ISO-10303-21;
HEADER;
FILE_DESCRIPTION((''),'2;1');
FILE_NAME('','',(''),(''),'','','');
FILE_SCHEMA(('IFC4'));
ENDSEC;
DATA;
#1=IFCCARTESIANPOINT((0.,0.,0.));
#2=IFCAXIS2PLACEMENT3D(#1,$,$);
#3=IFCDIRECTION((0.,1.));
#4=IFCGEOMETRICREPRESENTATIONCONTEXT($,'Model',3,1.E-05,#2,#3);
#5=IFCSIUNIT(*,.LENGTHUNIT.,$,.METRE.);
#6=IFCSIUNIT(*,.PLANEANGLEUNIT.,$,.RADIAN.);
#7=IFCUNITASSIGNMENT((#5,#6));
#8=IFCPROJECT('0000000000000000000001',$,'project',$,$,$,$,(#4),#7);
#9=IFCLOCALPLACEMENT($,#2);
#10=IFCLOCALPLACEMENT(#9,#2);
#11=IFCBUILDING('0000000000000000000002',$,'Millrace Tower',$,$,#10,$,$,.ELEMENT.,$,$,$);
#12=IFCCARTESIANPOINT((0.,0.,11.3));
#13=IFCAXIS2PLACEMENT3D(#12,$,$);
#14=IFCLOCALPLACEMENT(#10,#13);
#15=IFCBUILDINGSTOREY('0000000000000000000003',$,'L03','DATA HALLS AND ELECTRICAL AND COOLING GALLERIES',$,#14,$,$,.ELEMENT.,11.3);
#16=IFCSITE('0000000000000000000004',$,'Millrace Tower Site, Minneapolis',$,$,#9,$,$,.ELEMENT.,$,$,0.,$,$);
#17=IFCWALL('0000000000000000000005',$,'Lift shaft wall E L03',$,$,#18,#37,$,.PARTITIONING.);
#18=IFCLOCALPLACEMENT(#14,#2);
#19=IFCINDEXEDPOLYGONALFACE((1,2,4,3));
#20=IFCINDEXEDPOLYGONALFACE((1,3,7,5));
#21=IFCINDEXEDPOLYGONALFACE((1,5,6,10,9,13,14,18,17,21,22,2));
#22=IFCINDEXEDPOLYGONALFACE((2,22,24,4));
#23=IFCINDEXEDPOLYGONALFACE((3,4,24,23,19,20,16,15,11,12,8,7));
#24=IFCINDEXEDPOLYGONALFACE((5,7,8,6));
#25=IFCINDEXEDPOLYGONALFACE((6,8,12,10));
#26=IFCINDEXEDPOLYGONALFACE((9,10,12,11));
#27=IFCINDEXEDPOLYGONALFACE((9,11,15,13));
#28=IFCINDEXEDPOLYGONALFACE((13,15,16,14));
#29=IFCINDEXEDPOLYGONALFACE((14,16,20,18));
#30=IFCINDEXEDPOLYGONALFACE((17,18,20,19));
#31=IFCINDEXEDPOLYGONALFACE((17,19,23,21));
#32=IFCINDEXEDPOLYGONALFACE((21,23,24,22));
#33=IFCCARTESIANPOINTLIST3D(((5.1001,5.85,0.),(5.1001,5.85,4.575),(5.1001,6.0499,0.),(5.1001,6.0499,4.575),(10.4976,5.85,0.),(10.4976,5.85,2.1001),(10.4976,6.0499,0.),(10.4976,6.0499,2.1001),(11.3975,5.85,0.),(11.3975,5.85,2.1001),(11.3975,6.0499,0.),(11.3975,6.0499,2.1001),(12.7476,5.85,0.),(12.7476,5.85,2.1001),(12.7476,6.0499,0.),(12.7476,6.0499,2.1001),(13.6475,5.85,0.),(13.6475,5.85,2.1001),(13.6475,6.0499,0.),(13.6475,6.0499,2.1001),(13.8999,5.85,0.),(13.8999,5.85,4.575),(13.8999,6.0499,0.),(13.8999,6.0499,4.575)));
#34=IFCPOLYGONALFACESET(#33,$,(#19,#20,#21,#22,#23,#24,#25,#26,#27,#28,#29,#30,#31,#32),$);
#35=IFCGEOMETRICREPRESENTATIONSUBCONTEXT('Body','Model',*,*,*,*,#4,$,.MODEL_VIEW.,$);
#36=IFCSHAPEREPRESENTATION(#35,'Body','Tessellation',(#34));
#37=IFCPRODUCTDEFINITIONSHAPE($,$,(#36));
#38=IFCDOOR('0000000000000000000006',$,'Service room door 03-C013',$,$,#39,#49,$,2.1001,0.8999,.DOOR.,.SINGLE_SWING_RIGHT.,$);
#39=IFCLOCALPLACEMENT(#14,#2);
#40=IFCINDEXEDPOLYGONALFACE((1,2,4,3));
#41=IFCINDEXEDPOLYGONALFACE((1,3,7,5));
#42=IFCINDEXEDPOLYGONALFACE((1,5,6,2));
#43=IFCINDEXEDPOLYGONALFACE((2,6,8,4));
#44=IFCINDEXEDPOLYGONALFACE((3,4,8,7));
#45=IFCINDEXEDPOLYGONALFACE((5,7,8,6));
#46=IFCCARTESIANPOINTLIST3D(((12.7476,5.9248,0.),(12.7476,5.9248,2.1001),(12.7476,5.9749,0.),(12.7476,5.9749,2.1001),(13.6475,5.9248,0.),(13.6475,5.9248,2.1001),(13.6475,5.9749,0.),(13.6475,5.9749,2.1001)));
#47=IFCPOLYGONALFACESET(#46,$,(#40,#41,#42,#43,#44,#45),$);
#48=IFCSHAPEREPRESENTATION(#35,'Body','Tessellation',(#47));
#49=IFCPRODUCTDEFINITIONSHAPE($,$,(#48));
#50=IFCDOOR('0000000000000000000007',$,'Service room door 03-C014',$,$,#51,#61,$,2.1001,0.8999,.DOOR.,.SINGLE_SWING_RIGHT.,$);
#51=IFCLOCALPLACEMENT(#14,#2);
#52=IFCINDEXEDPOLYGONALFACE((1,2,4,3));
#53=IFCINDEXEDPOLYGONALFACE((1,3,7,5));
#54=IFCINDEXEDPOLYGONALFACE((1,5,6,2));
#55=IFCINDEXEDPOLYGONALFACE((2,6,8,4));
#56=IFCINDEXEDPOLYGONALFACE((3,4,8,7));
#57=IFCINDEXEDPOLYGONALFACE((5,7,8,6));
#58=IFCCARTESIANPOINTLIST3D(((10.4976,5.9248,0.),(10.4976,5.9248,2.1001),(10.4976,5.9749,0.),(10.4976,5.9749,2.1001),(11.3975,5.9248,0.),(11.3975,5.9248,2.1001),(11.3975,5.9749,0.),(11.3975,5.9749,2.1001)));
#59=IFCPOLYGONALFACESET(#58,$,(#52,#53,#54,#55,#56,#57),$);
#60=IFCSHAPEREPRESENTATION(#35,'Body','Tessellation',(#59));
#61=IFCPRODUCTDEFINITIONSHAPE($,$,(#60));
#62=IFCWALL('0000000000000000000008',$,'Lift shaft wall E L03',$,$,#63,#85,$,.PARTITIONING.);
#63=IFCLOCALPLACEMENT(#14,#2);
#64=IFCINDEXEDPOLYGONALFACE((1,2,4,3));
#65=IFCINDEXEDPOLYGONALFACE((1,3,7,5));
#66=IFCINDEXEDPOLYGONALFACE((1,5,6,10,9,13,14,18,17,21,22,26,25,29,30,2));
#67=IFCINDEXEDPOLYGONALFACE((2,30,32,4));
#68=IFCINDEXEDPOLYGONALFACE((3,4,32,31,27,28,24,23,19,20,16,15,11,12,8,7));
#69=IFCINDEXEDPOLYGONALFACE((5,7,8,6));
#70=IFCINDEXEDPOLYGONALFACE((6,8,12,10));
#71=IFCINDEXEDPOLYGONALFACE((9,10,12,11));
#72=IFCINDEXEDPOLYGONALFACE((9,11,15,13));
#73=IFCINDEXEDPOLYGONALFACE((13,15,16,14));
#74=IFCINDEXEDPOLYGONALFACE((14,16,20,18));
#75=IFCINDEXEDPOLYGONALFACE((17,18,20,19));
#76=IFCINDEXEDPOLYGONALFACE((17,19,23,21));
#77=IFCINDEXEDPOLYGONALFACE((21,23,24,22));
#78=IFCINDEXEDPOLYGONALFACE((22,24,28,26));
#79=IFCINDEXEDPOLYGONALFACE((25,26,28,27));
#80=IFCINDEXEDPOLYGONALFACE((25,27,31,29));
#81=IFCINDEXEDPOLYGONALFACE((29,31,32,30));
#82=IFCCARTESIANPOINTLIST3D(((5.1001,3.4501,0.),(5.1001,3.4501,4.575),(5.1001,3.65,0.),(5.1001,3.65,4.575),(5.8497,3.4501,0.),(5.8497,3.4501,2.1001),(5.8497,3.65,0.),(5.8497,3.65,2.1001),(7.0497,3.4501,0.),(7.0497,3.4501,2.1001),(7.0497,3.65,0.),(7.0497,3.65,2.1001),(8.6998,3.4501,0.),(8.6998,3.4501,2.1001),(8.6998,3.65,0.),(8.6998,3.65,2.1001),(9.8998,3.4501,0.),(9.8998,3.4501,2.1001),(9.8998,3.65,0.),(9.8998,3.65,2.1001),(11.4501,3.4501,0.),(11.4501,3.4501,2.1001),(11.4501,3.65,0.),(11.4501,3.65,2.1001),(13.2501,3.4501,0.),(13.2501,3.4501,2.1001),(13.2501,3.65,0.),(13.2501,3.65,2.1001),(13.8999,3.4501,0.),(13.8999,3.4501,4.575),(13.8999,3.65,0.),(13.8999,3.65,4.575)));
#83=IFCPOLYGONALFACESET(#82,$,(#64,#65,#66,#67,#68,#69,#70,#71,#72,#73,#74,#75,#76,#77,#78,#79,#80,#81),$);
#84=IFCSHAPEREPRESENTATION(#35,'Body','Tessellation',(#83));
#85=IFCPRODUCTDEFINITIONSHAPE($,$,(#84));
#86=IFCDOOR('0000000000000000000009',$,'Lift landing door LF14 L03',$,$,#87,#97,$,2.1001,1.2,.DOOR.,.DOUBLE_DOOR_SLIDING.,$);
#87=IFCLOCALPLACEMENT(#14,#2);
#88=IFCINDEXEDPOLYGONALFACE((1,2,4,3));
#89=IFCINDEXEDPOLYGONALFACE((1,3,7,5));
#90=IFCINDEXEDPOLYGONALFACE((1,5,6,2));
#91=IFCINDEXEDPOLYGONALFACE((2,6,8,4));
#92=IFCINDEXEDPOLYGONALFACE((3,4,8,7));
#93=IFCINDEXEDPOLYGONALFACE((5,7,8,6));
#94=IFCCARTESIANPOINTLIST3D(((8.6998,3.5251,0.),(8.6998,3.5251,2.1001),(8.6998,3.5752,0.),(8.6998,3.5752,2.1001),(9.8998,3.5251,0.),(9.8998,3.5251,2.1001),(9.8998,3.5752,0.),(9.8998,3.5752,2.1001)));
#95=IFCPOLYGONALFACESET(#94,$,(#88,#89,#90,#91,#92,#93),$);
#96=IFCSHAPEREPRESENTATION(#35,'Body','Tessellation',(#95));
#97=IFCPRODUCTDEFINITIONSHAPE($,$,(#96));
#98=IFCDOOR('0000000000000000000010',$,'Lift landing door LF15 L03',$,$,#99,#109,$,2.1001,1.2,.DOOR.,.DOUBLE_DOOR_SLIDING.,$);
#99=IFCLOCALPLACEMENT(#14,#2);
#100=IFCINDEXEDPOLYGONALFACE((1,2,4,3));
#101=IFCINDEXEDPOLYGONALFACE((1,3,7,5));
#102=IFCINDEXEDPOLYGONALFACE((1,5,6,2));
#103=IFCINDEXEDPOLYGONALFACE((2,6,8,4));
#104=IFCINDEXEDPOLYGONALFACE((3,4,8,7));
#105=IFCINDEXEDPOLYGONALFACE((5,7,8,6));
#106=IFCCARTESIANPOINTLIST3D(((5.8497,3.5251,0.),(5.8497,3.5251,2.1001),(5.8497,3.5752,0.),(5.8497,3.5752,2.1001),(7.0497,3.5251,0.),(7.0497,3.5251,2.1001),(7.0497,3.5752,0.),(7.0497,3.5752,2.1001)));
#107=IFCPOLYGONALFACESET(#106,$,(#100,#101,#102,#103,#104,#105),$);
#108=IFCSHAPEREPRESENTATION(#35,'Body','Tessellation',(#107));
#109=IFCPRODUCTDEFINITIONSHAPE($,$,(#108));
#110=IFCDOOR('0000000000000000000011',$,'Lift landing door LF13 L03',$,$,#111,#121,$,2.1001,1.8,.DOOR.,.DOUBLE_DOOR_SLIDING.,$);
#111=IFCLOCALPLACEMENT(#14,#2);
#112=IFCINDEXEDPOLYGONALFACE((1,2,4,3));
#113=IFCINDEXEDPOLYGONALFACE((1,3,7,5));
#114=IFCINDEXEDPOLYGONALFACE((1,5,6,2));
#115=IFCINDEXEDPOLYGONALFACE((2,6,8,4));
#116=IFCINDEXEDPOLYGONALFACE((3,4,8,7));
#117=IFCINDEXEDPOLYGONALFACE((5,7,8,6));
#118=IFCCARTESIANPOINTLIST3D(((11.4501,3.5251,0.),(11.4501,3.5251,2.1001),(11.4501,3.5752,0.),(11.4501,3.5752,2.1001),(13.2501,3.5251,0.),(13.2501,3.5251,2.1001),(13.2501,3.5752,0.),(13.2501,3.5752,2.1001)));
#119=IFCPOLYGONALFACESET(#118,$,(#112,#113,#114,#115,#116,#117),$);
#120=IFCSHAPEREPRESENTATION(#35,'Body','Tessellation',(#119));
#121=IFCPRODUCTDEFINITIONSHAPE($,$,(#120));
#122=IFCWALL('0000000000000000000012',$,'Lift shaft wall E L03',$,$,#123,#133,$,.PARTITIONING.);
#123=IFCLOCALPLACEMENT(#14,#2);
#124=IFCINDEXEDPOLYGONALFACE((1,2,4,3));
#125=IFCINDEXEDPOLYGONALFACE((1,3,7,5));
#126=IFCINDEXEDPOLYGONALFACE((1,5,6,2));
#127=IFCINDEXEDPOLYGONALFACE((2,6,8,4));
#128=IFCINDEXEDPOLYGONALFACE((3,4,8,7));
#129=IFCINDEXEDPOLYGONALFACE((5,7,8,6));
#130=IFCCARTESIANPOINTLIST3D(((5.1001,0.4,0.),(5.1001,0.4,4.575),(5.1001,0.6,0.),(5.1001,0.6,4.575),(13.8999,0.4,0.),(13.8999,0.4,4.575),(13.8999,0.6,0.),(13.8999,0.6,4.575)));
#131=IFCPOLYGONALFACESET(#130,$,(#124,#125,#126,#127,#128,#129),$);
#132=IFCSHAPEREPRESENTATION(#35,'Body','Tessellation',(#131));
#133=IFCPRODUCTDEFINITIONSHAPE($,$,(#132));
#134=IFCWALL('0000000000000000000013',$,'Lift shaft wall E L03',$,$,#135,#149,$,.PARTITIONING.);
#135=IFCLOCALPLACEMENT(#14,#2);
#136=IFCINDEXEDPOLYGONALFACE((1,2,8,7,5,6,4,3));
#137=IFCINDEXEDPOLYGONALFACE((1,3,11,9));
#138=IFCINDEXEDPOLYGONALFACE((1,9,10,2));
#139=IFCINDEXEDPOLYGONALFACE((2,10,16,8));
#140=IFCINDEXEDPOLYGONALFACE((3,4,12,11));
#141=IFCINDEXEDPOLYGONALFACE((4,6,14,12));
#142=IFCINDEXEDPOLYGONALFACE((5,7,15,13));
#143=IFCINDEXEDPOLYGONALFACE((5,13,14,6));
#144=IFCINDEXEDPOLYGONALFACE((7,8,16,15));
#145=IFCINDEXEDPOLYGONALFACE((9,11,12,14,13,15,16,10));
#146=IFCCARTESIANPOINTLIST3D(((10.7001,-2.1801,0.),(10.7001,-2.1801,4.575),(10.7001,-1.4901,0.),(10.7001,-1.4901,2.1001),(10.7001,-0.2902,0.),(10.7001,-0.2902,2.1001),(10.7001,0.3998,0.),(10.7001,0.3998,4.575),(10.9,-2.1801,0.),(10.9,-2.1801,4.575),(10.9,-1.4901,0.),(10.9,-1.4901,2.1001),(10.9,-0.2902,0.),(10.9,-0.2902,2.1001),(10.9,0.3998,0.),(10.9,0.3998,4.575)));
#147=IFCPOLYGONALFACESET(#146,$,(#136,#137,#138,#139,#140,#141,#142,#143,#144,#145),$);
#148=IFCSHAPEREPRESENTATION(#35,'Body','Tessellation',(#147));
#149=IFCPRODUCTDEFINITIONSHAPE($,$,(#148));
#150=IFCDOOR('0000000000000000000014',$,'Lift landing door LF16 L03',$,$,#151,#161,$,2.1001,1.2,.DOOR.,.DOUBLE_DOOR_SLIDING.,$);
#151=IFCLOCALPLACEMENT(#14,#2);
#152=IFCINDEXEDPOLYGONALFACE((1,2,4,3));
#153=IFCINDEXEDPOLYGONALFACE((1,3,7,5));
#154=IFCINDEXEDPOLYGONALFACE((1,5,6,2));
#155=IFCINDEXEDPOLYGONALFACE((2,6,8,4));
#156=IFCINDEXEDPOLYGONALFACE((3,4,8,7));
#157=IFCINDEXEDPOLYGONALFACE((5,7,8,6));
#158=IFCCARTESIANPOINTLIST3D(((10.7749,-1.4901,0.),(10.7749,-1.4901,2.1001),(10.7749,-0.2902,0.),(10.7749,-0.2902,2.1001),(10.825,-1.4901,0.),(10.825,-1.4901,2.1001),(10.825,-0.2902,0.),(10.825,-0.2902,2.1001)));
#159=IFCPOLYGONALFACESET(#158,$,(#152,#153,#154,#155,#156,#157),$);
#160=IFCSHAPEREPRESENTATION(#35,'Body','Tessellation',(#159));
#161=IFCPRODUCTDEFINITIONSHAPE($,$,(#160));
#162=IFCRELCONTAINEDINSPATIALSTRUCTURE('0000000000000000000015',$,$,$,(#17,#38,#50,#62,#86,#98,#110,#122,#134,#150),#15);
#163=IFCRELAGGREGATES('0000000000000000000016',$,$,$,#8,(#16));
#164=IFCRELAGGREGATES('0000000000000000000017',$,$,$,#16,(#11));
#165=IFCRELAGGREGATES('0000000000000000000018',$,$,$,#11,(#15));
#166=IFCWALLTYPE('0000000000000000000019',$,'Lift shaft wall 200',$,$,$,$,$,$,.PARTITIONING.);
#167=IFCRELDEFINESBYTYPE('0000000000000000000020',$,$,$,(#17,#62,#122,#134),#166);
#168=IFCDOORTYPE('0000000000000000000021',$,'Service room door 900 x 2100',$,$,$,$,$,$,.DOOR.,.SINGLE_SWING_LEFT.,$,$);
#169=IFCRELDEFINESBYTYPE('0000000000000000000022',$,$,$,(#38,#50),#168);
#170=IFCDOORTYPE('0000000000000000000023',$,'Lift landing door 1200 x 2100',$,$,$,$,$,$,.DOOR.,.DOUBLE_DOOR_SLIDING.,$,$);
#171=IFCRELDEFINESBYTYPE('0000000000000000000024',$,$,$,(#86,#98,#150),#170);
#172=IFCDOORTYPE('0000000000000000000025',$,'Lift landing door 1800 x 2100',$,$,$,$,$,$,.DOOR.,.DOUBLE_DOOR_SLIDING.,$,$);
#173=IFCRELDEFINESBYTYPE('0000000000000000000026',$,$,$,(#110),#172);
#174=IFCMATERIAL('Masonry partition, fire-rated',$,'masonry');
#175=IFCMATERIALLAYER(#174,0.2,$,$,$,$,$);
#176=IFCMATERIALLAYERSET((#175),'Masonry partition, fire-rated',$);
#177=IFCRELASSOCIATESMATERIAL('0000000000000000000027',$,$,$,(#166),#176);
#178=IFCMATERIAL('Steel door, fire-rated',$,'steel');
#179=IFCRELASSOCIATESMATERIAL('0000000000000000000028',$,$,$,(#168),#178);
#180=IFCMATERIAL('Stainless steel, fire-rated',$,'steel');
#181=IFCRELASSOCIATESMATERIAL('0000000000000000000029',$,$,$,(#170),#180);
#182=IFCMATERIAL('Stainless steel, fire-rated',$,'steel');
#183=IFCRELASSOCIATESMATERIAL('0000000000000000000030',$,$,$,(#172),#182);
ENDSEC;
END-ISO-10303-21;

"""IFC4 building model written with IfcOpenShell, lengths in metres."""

from ifc_helpers import new_model, si_unit, direction, frame, frame_2d, origin, place, context, subcontext, project, spatial, rectangle, extrude, material, layer, layer_set, type_object, element, fill, save


model = new_model("IFC4")

# Units and contexts
model_context = context("Model", 3, precision=1e-05, world=origin(), true_north=direction((0.0, 1.0)))
body_context = subcontext(model_context, "Body", "Model", "MODEL_VIEW")
ifc_project = project(units=[si_unit("LENGTHUNIT", "METRE"), si_unit("PLANEANGLEUNIT", "RADIAN")], contexts=[model_context])

# Site, building, storey
site_placement = place(None, origin())
site = spatial("IfcSite", under=ifc_project, at=site_placement, Name="Millrace Tower Site, Minneapolis", CompositionType="ELEMENT", RefElevation=0.0)
building_placement = place(site_placement, origin())
building = spatial("IfcBuilding", under=site, at=building_placement, Name="Millrace Tower", CompositionType="ELEMENT")
storey_placement = place(building_placement, frame((0.0, 0.0, 11.3)))
storey = spatial("IfcBuildingStorey", under=building, at=storey_placement, Name="L03", Description="DATA HALLS AND ELECTRICAL AND COOLING GALLERIES", CompositionType="ELEMENT", Elevation=11.3)

# Walls, openings, doors
ifc_material_1 = material(Name="Masonry partition, fire-rated", Category="masonry")
ifc_layer_1 = layer(ifc_material_1, 0.2)
ifc_layer_set_1 = layer_set([ifc_layer_1], Name="Masonry partition, fire-rated")
wall_type_1 = type_object("IfcWallType", Name="Lift shaft wall 200", PredefinedType="PARTITIONING", material=ifc_layer_set_1)
wall_1_placement = place(storey_placement, frame((13.8999, 5.95, 0.0), z_axis=(0.0, 0.0, 1.0), x_axis=(-1.0, 0.0, 0.0)))
wall_1 = element("IfcWall", 1, at=wall_1_placement, inside=storey, type_object=wall_type_1, Name="Lift shaft wall E L03", PredefinedType="PARTITIONING", context=body_context, shape_type="SweptSolid", body=[
    extrude(rectangle(XDim=8.7998, YDim=0.2, at=frame_2d((4.3999, 0.0))), origin(), (0.0, 0.0, 1.0), 4.575),
])
opening_1_placement = place(wall_1_placement, frame((0.2524, 0.0, 0.0)))
opening_1 = element("IfcOpeningElement", 2, at=opening_1_placement, cuts=wall_1, PredefinedType="OPENING", context=body_context, shape_type="SweptSolid", body=[
    extrude(rectangle(XDim=0.8999, YDim=2.1001, at=frame_2d((0.45, 1.05))), frame((0.0, 0.1099, 0.0), z_axis=(0.0, -1.0, 0.0), x_axis=(1.0, 0.0, 0.0)), (0.0, 0.0, 1.0), 0.22),
])
opening_2_placement = place(wall_1_placement, frame((2.5024, 0.0, 0.0)))
opening_2 = element("IfcOpeningElement", 3, at=opening_2_placement, cuts=wall_1, PredefinedType="OPENING", context=body_context, shape_type="SweptSolid", body=[
    extrude(rectangle(XDim=0.8999, YDim=2.1001, at=frame_2d((0.45, 1.05))), frame((0.0, 0.1099, 0.0), z_axis=(0.0, -1.0, 0.0), x_axis=(1.0, 0.0, 0.0)), (0.0, 0.0, 1.0), 0.22),
])
ifc_material_2 = material(Name="Steel door, fire-rated", Category="steel")
door_type_1 = type_object("IfcDoorType", Name="Service room door 900 x 2100", OperationType="SINGLE_SWING_LEFT", PredefinedType="DOOR", material=ifc_material_2)
door_1_placement = place(opening_1_placement, frame((0.8999, 0.0, 0.0), z_axis=(0.0, 0.0, 1.0), x_axis=(-1.0, 0.0, 0.0)))
door_1 = element("IfcDoor", 4, at=door_1_placement, inside=storey, type_object=door_type_1, Name="Service room door 03-C013", OperationType="SINGLE_SWING_RIGHT", OverallHeight=2.1001, OverallWidth=0.8999, PredefinedType="DOOR", context=body_context, shape_type="SweptSolid", body=[
    extrude(rectangle(XDim=0.8999, YDim=2.1001, at=frame_2d((0.45, 1.05))), frame((0.0, 0.0249, 0.0), z_axis=(0.0, -1.0, 0.0), x_axis=(1.0, 0.0, 0.0)), (0.0, 0.0, 1.0), 0.05),
])
fill(opening_1, door_1)
door_2_placement = place(opening_2_placement, frame((0.8999, 0.0, 0.0), z_axis=(0.0, 0.0, 1.0), x_axis=(-1.0, 0.0, 0.0)))
door_2 = element("IfcDoor", 5, at=door_2_placement, inside=storey, type_object=door_type_1, Name="Service room door 03-C014", OperationType="SINGLE_SWING_RIGHT", OverallHeight=2.1001, OverallWidth=0.8999, PredefinedType="DOOR", context=body_context, shape_type="SweptSolid", body=[
    extrude(rectangle(XDim=0.8999, YDim=2.1001, at=frame_2d((0.45, 1.05))), frame((0.0, 0.0249, 0.0), z_axis=(0.0, -1.0, 0.0), x_axis=(1.0, 0.0, 0.0)), (0.0, 0.0, 1.0), 0.05),
])
fill(opening_2, door_2)
wall_2_placement = place(storey_placement, frame((13.8999, 3.55, 0.0), z_axis=(0.0, 0.0, 1.0), x_axis=(-1.0, 0.0, 0.0)))
wall_2 = element("IfcWall", 6, at=wall_2_placement, inside=storey, type_object=wall_type_1, Name="Lift shaft wall E L03", PredefinedType="PARTITIONING", context=body_context, shape_type="SweptSolid", body=[
    extrude(rectangle(XDim=8.7998, YDim=0.2, at=frame_2d((4.3999, 0.0))), origin(), (0.0, 0.0, 1.0), 4.575),
])
opening_3_placement = place(wall_2_placement, frame((0.6499, 0.0, 0.0)))
opening_3 = element("IfcOpeningElement", 7, at=opening_3_placement, cuts=wall_2, PredefinedType="OPENING", context=body_context, shape_type="SweptSolid", body=[
    extrude(rectangle(XDim=1.8, YDim=2.1001, at=frame_2d((0.8999, 1.05))), frame((0.0, 0.1099, 0.0), z_axis=(0.0, -1.0, 0.0), x_axis=(1.0, 0.0, 0.0)), (0.0, 0.0, 1.0), 0.22),
])
opening_4_placement = place(wall_2_placement, frame((4.0, 0.0, 0.0)))
opening_4 = element("IfcOpeningElement", 8, at=opening_4_placement, cuts=wall_2, PredefinedType="OPENING", context=body_context, shape_type="SweptSolid", body=[
    extrude(rectangle(XDim=1.2, YDim=2.1001, at=frame_2d((0.6001, 1.05))), frame((0.0, 0.1099, 0.0), z_axis=(0.0, -1.0, 0.0), x_axis=(1.0, 0.0, 0.0)), (0.0, 0.0, 1.0), 0.22),
])
opening_5_placement = place(wall_2_placement, frame((6.8501, 0.0, 0.0)))
opening_5 = element("IfcOpeningElement", 9, at=opening_5_placement, cuts=wall_2, PredefinedType="OPENING", context=body_context, shape_type="SweptSolid", body=[
    extrude(rectangle(XDim=1.2, YDim=2.1001, at=frame_2d((0.6001, 1.05))), frame((0.0, 0.1099, 0.0), z_axis=(0.0, -1.0, 0.0), x_axis=(1.0, 0.0, 0.0)), (0.0, 0.0, 1.0), 0.22),
])
ifc_material_3 = material(Name="Stainless steel, fire-rated", Category="steel")
door_type_2 = type_object("IfcDoorType", Name="Lift landing door 1200 x 2100", OperationType="DOUBLE_DOOR_SLIDING", PredefinedType="DOOR", material=ifc_material_3)
door_3_placement = place(opening_4_placement, origin())
door_3 = element("IfcDoor", 10, at=door_3_placement, inside=storey, type_object=door_type_2, Name="Lift landing door LF14 L03", OperationType="DOUBLE_DOOR_SLIDING", OverallHeight=2.1001, OverallWidth=1.2, PredefinedType="DOOR", context=body_context, shape_type="SweptSolid", body=[
    extrude(rectangle(XDim=1.2, YDim=2.1001, at=frame_2d((0.6001, 1.05))), frame((0.0, 0.0249, 0.0), z_axis=(0.0, -1.0, 0.0), x_axis=(1.0, 0.0, 0.0)), (0.0, 0.0, 1.0), 0.05),
])
fill(opening_4, door_3)
door_4_placement = place(opening_5_placement, origin())
door_4 = element("IfcDoor", 11, at=door_4_placement, inside=storey, type_object=door_type_2, Name="Lift landing door LF15 L03", OperationType="DOUBLE_DOOR_SLIDING", OverallHeight=2.1001, OverallWidth=1.2, PredefinedType="DOOR", context=body_context, shape_type="SweptSolid", body=[
    extrude(rectangle(XDim=1.2, YDim=2.1001, at=frame_2d((0.6001, 1.05))), frame((0.0, 0.0249, 0.0), z_axis=(0.0, -1.0, 0.0), x_axis=(1.0, 0.0, 0.0)), (0.0, 0.0, 1.0), 0.05),
])
fill(opening_5, door_4)
ifc_material_4 = material(Name="Stainless steel, fire-rated", Category="steel")
door_type_3 = type_object("IfcDoorType", Name="Lift landing door 1800 x 2100", OperationType="DOUBLE_DOOR_SLIDING", PredefinedType="DOOR", material=ifc_material_4)
door_5_placement = place(opening_3_placement, origin())
door_5 = element("IfcDoor", 12, at=door_5_placement, inside=storey, type_object=door_type_3, Name="Lift landing door LF13 L03", OperationType="DOUBLE_DOOR_SLIDING", OverallHeight=2.1001, OverallWidth=1.8, PredefinedType="DOOR", context=body_context, shape_type="SweptSolid", body=[
    extrude(rectangle(XDim=1.8, YDim=2.1001, at=frame_2d((0.8999, 1.05))), frame((0.0, 0.0249, 0.0), z_axis=(0.0, -1.0, 0.0), x_axis=(1.0, 0.0, 0.0)), (0.0, 0.0, 1.0), 0.05),
])
fill(opening_3, door_5)

# Wall
wall_3_placement = place(storey_placement, frame((13.8999, 0.5, 0.0), z_axis=(0.0, 0.0, 1.0), x_axis=(-1.0, 0.0, 0.0)))
element("IfcWall", 13, at=wall_3_placement, inside=storey, type_object=wall_type_1, Name="Lift shaft wall E L03", PredefinedType="PARTITIONING", context=body_context, shape_type="SweptSolid", body=[
    extrude(rectangle(XDim=8.7998, YDim=0.2, at=frame_2d((4.3999, 0.0))), origin(), (0.0, 0.0, 1.0), 4.575),
])

# Wall, opening, door
wall_4_placement = place(storey_placement, frame((10.8, 0.3999, 0.0), z_axis=(0.0, 0.0, 1.0), x_axis=(0.0, -1.0, 0.0)))
wall_4 = element("IfcWall", 14, at=wall_4_placement, inside=storey, type_object=wall_type_1, Name="Lift shaft wall E L03", PredefinedType="PARTITIONING", context=body_context, shape_type="SweptSolid", body=[
    extrude(rectangle(XDim=2.5798, YDim=0.2, at=frame_2d((1.29, 0.0))), origin(), (0.0, 0.0, 1.0), 4.575),
])
opening_6_placement = place(wall_4_placement, frame((0.6899, 0.0, 0.0)))
opening_6 = element("IfcOpeningElement", 15, at=opening_6_placement, cuts=wall_4, PredefinedType="OPENING", context=body_context, shape_type="SweptSolid", body=[
    extrude(rectangle(XDim=1.2, YDim=2.1001, at=frame_2d((0.6001, 1.05))), frame((0.0, 0.1099, 0.0), z_axis=(0.0, -1.0, 0.0), x_axis=(1.0, 0.0, 0.0)), (0.0, 0.0, 1.0), 0.22),
])
door_6_placement = place(opening_6_placement, origin())
door_6 = element("IfcDoor", 16, at=door_6_placement, inside=storey, type_object=door_type_2, Name="Lift landing door LF16 L03", OperationType="DOUBLE_DOOR_SLIDING", OverallHeight=2.1001, OverallWidth=1.2, PredefinedType="DOOR", context=body_context, shape_type="SweptSolid", body=[
    extrude(rectangle(XDim=1.2, YDim=2.1001, at=frame_2d((0.6001, 1.05))), frame((0.0, 0.0249, 0.0), z_axis=(0.0, -1.0, 0.0), x_axis=(1.0, 0.0, 0.0)), (0.0, 0.0, 1.0), 0.05),
])
fill(opening_6, door_6)

save(model, "model.ifc")
